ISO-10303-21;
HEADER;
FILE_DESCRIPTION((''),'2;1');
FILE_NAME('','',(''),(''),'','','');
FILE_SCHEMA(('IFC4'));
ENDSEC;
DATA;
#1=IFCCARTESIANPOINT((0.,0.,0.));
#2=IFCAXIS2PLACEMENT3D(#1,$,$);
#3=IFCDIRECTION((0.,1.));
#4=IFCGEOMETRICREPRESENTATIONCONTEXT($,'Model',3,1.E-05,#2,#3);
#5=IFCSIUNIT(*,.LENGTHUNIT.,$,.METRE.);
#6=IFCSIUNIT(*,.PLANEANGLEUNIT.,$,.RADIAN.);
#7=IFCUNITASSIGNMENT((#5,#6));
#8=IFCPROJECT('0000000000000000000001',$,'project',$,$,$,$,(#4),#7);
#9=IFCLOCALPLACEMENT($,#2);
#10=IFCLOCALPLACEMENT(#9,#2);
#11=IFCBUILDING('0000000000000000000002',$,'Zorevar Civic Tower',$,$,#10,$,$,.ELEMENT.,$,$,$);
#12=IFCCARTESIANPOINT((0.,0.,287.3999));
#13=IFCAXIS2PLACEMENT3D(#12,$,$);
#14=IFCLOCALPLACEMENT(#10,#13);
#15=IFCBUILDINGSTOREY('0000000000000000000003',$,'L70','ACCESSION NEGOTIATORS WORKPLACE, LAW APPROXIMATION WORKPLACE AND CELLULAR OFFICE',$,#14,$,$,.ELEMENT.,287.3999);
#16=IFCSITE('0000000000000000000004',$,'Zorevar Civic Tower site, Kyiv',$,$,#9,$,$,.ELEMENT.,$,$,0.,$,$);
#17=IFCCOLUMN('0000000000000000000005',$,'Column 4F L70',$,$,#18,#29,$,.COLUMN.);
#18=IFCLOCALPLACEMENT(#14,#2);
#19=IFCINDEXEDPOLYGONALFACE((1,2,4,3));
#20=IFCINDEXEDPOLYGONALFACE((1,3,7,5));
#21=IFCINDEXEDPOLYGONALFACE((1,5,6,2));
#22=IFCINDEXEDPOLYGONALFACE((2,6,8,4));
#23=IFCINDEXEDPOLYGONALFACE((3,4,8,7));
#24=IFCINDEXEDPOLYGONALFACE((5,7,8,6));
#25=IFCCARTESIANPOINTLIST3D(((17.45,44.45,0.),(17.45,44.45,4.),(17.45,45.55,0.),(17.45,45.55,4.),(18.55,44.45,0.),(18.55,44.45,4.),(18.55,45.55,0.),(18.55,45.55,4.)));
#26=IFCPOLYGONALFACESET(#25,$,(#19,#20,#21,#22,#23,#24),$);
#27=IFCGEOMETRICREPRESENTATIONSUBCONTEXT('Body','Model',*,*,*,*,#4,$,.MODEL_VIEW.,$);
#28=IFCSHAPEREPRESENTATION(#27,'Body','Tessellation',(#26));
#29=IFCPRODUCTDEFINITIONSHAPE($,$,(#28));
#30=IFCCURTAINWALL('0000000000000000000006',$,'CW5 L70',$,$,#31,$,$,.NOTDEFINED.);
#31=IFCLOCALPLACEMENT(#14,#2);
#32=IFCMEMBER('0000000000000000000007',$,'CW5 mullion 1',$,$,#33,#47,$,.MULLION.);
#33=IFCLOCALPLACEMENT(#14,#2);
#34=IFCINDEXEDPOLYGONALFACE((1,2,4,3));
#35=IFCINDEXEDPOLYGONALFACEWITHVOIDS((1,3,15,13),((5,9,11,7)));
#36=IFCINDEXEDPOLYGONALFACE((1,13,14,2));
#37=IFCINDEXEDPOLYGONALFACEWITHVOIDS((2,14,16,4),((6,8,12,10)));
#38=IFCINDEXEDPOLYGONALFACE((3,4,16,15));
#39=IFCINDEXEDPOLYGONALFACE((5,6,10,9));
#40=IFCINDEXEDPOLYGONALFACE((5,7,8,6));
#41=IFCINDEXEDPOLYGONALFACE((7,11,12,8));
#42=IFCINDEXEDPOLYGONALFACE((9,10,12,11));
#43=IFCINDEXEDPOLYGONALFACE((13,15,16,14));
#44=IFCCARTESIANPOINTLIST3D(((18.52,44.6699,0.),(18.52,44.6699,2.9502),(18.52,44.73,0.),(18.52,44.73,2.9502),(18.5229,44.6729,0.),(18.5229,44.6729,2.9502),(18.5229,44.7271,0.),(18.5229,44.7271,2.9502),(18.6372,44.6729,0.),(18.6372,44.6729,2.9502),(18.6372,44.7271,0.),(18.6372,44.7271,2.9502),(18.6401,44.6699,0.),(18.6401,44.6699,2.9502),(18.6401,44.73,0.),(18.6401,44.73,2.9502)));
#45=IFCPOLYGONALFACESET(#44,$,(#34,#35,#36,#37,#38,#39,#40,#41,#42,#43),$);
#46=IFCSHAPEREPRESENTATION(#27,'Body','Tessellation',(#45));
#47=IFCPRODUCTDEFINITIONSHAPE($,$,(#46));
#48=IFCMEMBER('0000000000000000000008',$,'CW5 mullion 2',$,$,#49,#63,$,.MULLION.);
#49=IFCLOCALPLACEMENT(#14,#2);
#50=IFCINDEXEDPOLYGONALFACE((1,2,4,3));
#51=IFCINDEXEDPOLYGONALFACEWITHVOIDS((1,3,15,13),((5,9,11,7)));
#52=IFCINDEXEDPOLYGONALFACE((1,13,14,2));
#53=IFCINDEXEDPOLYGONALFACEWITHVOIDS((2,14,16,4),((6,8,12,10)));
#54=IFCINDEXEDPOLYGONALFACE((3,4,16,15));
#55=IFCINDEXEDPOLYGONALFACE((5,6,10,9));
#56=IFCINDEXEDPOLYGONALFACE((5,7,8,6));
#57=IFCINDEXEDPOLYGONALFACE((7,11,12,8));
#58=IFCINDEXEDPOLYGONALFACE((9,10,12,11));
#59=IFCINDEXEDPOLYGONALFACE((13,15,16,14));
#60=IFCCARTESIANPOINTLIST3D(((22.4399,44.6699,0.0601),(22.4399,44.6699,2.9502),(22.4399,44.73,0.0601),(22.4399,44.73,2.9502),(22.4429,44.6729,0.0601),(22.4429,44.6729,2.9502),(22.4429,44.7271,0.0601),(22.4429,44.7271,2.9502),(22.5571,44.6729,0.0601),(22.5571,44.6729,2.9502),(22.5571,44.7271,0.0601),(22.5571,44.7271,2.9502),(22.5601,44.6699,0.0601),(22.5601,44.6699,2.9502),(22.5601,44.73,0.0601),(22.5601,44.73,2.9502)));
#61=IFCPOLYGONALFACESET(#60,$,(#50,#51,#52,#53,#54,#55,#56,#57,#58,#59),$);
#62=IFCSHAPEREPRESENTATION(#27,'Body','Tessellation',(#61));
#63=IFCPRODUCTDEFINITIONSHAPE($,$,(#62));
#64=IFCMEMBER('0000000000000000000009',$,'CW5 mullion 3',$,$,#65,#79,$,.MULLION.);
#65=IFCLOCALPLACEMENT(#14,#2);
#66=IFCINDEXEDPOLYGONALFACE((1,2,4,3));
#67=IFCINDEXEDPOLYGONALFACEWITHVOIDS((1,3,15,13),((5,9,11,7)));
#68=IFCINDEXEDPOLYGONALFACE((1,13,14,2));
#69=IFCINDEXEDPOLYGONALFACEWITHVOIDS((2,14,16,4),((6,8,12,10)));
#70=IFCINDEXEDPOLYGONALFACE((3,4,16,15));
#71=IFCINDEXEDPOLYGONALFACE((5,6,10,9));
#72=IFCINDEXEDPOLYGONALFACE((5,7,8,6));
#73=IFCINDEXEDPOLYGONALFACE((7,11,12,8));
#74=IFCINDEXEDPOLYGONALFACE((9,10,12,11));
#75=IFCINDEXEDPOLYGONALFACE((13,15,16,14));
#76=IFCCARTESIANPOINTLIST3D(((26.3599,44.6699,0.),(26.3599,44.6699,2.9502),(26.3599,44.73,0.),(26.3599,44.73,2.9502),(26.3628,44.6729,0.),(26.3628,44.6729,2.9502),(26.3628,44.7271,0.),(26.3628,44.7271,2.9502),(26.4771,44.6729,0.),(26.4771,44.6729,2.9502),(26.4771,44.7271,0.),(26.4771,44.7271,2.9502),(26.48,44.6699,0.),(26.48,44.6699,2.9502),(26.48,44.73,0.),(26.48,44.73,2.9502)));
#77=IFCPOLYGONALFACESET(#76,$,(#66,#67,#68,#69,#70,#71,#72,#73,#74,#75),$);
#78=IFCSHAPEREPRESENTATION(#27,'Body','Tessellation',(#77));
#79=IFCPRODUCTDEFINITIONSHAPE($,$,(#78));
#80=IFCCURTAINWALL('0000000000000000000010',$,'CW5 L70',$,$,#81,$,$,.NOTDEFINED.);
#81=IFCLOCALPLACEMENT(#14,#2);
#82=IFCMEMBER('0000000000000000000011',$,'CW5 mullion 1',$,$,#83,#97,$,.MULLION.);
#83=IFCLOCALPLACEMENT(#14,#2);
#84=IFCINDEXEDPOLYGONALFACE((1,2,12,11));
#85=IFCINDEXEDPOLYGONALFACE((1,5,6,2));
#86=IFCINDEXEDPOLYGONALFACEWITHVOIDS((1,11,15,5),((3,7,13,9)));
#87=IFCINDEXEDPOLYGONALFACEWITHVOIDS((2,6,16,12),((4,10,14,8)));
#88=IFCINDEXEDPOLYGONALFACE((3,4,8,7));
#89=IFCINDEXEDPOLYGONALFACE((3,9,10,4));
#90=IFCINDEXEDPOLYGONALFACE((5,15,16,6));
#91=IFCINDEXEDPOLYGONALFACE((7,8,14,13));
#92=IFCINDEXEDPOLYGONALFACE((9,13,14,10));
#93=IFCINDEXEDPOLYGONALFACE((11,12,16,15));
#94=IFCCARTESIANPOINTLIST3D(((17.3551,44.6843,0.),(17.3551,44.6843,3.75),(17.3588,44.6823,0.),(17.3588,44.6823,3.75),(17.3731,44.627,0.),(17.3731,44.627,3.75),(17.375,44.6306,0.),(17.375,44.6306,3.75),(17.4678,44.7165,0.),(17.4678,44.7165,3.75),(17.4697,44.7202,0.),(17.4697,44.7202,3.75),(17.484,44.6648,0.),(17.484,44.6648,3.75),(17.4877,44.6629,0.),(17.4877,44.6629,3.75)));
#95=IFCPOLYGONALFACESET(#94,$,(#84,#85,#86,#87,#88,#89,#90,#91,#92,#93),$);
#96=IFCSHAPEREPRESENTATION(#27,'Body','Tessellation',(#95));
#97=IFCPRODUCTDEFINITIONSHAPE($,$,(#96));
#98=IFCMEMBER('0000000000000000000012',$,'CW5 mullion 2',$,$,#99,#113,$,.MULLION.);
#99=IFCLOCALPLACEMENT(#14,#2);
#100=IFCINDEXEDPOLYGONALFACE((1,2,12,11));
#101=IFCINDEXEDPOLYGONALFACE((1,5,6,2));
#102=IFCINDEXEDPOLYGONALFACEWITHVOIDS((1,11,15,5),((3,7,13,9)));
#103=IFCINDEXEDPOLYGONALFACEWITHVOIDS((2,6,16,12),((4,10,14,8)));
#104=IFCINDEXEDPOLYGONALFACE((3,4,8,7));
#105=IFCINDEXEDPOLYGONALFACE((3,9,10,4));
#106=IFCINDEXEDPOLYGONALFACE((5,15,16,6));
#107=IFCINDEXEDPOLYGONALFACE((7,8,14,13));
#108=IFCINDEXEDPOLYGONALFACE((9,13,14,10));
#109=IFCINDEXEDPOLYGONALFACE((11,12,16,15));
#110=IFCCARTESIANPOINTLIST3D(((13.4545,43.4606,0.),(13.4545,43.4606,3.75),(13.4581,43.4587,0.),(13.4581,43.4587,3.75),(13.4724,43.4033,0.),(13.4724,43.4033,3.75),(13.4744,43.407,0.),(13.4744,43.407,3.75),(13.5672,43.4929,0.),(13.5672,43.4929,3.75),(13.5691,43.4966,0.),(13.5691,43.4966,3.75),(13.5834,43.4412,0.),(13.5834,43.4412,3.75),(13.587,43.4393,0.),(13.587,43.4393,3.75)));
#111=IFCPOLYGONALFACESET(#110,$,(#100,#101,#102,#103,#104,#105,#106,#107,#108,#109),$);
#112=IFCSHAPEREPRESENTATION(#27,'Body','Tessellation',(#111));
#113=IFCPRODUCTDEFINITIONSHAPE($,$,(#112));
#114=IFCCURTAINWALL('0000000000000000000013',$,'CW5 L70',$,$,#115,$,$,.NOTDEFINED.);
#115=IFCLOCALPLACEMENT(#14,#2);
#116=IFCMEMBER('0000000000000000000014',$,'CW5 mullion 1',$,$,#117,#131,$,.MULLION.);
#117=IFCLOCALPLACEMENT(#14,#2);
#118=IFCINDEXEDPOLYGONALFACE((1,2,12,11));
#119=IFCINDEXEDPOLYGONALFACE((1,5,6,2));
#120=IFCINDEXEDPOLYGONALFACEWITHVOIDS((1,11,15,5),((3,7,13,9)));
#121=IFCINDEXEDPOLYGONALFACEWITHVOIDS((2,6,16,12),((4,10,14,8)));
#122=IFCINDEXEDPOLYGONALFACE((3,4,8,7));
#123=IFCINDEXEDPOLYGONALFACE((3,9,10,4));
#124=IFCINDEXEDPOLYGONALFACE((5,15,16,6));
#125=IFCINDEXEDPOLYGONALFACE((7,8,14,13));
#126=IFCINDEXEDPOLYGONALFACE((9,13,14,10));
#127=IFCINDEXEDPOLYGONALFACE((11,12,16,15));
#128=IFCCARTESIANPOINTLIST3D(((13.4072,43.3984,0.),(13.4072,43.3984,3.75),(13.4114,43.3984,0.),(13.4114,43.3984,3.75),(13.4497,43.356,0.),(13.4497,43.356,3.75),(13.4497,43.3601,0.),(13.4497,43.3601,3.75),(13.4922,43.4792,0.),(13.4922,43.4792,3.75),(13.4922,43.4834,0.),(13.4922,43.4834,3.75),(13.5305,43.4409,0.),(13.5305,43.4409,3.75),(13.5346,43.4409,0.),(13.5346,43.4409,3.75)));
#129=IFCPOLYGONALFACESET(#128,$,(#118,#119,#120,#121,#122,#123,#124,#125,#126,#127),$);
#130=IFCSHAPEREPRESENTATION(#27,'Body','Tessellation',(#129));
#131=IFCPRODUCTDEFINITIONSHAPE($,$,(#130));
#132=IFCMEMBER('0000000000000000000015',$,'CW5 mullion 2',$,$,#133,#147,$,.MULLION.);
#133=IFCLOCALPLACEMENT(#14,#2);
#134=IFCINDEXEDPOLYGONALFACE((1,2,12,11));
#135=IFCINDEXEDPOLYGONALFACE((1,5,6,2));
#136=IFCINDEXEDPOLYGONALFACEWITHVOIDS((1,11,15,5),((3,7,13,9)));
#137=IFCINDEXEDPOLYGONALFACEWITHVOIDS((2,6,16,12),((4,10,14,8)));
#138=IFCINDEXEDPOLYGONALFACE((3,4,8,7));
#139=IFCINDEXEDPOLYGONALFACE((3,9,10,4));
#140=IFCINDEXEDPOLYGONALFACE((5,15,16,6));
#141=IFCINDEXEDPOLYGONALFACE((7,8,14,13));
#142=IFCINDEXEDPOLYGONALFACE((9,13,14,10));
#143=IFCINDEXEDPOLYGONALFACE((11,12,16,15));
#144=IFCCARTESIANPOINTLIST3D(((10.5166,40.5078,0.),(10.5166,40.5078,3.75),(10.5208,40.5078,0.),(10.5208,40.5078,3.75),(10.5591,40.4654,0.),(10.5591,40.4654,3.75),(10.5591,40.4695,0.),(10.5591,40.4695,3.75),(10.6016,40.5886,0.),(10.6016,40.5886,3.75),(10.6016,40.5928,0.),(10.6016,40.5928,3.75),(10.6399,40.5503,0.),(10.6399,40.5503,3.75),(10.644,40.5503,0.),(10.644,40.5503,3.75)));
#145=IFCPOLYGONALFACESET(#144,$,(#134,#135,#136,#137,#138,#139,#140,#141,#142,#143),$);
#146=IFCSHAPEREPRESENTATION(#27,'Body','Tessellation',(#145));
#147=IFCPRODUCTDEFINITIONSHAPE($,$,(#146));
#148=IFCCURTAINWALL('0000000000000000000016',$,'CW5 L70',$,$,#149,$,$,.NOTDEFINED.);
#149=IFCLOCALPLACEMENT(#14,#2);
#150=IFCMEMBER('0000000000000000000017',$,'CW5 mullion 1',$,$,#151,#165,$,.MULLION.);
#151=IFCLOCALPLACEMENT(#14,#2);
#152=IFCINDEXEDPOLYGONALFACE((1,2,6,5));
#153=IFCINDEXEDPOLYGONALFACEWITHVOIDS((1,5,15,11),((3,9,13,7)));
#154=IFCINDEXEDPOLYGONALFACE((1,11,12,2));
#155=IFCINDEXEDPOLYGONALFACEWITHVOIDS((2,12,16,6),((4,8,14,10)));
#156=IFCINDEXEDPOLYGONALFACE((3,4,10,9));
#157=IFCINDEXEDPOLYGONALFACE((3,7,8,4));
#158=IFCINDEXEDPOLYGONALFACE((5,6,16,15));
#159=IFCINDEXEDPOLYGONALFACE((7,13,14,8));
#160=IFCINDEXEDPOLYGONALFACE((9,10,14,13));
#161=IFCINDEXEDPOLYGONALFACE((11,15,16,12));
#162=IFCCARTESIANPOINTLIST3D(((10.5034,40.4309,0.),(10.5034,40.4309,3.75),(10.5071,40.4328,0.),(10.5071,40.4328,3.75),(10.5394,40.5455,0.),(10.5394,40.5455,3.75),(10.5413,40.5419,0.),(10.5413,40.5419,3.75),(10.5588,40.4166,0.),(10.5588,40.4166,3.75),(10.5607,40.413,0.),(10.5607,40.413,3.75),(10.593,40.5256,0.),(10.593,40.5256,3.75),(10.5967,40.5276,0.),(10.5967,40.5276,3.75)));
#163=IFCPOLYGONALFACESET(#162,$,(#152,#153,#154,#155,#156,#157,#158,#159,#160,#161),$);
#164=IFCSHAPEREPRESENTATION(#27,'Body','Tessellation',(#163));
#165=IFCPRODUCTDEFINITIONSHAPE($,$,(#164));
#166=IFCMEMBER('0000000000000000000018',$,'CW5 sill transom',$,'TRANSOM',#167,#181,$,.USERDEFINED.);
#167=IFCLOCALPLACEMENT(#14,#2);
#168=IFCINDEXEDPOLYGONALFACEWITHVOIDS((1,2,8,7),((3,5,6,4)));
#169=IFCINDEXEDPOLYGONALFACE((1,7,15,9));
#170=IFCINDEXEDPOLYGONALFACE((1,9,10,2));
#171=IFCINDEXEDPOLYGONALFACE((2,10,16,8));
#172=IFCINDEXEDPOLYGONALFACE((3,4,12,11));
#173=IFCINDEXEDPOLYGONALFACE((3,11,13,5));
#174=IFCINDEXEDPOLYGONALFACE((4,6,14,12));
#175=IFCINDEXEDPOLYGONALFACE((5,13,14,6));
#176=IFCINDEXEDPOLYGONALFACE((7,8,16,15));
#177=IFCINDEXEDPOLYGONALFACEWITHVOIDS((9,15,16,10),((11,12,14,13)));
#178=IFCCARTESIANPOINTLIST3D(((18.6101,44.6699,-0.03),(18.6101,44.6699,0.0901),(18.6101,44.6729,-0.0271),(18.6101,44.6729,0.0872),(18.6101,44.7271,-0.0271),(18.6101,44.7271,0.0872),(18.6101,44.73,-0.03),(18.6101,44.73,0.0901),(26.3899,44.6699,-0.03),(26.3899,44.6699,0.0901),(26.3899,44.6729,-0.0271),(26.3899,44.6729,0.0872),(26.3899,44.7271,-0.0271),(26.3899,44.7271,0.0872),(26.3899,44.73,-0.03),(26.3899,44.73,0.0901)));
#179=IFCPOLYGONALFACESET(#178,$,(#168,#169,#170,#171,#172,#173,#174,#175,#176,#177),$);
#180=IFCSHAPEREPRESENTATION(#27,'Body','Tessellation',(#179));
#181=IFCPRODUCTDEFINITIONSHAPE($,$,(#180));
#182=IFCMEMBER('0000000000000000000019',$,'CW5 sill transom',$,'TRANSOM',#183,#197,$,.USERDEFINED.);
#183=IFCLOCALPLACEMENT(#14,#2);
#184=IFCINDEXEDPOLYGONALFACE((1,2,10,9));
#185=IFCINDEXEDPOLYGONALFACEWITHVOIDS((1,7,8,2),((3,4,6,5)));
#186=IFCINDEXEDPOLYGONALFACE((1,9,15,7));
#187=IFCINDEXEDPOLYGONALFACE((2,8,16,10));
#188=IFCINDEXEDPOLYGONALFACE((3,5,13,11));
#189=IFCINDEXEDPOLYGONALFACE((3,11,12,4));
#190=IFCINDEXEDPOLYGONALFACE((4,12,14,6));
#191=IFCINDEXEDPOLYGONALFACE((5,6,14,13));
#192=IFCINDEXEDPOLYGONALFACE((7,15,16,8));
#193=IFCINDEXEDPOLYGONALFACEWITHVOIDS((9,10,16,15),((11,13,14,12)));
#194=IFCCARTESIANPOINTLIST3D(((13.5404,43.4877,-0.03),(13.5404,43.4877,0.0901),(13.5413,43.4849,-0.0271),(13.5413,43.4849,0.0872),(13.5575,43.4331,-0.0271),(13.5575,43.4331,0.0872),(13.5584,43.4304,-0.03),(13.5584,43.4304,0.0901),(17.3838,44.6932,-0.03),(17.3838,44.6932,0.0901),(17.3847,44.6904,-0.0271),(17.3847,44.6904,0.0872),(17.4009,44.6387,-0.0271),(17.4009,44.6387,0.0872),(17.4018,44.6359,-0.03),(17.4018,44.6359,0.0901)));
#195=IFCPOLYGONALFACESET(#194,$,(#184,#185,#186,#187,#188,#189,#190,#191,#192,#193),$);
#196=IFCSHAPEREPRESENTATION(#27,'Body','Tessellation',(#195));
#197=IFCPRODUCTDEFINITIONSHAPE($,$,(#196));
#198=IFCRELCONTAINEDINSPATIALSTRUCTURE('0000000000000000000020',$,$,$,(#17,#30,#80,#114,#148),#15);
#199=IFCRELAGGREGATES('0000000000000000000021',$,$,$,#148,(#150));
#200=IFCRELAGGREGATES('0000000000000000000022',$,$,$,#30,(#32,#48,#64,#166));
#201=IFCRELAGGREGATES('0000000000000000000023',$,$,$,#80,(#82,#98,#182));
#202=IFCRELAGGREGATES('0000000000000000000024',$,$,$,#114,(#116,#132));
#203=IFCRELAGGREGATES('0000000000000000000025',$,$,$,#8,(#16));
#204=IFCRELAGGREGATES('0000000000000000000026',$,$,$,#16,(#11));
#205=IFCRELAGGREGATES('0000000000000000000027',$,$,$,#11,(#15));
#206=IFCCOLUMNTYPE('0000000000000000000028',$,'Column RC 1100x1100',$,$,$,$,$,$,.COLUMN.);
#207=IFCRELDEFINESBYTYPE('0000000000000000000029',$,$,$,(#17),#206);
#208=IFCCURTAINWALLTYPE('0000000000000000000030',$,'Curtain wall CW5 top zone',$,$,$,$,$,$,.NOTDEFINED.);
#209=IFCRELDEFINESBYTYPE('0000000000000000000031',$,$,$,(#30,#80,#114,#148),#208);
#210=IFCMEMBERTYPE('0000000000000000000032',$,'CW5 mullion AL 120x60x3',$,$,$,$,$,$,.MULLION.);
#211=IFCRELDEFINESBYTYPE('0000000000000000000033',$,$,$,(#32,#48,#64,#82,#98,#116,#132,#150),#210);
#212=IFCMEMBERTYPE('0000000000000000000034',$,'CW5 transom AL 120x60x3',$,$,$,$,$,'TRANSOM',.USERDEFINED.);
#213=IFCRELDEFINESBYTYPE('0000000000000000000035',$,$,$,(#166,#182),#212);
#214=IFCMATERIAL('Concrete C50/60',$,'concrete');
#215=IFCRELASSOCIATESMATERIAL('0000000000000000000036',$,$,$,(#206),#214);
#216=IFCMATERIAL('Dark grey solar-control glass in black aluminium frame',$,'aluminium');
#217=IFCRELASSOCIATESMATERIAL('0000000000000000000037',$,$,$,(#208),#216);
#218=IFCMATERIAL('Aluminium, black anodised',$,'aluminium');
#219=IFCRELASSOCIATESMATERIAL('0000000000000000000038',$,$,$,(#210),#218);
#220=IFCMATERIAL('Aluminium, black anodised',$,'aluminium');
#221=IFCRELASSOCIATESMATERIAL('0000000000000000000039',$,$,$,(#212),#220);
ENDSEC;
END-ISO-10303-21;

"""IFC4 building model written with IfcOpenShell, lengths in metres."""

from ifc_helpers import new_model, si_unit, direction, frame, origin, origin_2d, place, context, subcontext, project, spatial, rectangle, hollow_rectangle, extrude, material, material_profile, profile_set, type_object, element, aggregate, save


model = new_model("IFC4")

# Units and contexts
model_context = context("Model", 3, precision=1e-05, world=origin(), true_north=direction((0.0, 1.0)))
body_context = subcontext(model_context, "Body", "Model", "MODEL_VIEW")
ifc_project = project(units=[si_unit("LENGTHUNIT", "METRE"), si_unit("PLANEANGLEUNIT", "RADIAN")], contexts=[model_context])

# Site, building, storey
site_placement = place(None, origin())
site = spatial("IfcSite", under=ifc_project, at=site_placement, Name="Zorevar Civic Tower site, Kyiv", CompositionType="ELEMENT", RefElevation=0.0)
building_placement = place(site_placement, origin())
building = spatial("IfcBuilding", under=site, at=building_placement, Name="Zorevar Civic Tower", CompositionType="ELEMENT")
storey_placement = place(building_placement, frame((0.0, 0.0, 287.3999)))
storey = spatial("IfcBuildingStorey", under=building, at=storey_placement, Name="L70", Description="ACCESSION NEGOTIATORS WORKPLACE, LAW APPROXIMATION WORKPLACE AND CELLULAR OFFICE", CompositionType="ELEMENT", Elevation=287.3999)

# Column
ifc_material_1 = material(Name="Concrete C50/60", Category="concrete")
ifc_material_profile_1 = material_profile(ifc_material_1, rectangle(XDim=1.1001, YDim=1.1001, at=origin_2d()), Name="RC 1100x1100")
ifc_profile_set_1 = profile_set([ifc_material_profile_1], Name="Concrete C50/60")
column_type = type_object("IfcColumnType", Name="Column RC 1100x1100", PredefinedType="COLUMN", material=ifc_profile_set_1)
column_placement = place(storey_placement, frame((18.0, 45.0, 0.0), z_axis=(0.0, 0.0, 1.0), x_axis=(1.0, 0.0, 0.0)))
element("IfcColumn", 1, at=column_placement, inside=storey, type_object=column_type, Name="Column 4F L70", PredefinedType="COLUMN", context=body_context, shape_type="SweptSolid", body=[
    extrude(rectangle(XDim=1.1001, YDim=1.1001, at=origin_2d()), origin(), (0.0, 0.0, 1.0), 4.0),
])

# Curtain walls, members
ifc_material_2 = material(Name="Dark grey solar-control glass in black aluminium frame", Category="aluminium")
curtain_wall_type = type_object("IfcCurtainWallType", Name="Curtain wall CW5 top zone", PredefinedType="NOTDEFINED", material=ifc_material_2)
curtain_wall_1_placement = place(storey_placement, origin())
curtain_wall_1 = element("IfcCurtainWall", 2, at=curtain_wall_1_placement, inside=storey, type_object=curtain_wall_type, Name="CW5 L70", PredefinedType="NOTDEFINED")
ifc_material_3 = material(Name="Aluminium, black anodised", Category="aluminium")
ifc_material_profile_2 = material_profile(ifc_material_3, hollow_rectangle(XDim=0.0601, YDim=0.1201, WallThickness=0.0029, at=origin_2d()), Name="AL 120x60x3")
ifc_profile_set_2 = profile_set([ifc_material_profile_2], Name="Aluminium, black anodised")
member_type_1 = type_object("IfcMemberType", Name="CW5 mullion AL 120x60x3", PredefinedType="MULLION", material=ifc_profile_set_2)
member_1_placement = place(storey_placement, frame((18.5801, 44.7, 0.0), z_axis=(0.0, 0.0, 1.0), x_axis=(0.0, 1.0, 0.0)))
member_1 = element("IfcMember", 3, at=member_1_placement, type_object=member_type_1, Name="CW5 mullion 1", PredefinedType="MULLION", context=body_context, shape_type="SweptSolid", body=[
    extrude(hollow_rectangle(XDim=0.0601, YDim=0.1201, WallThickness=0.0029, at=origin_2d()), origin(), (0.0, 0.0, 1.0), 2.9502),
])
member_2_placement = place(storey_placement, frame((22.5, 44.7, 0.0601), z_axis=(0.0, 0.0, 1.0), x_axis=(0.0, 1.0, 0.0)))
member_2 = element("IfcMember", 4, at=member_2_placement, type_object=member_type_1, Name="CW5 mullion 2", PredefinedType="MULLION", context=body_context, shape_type="SweptSolid", body=[
    extrude(hollow_rectangle(XDim=0.0601, YDim=0.1201, WallThickness=0.0029, at=origin_2d()), origin(), (0.0, 0.0, 1.0), 2.8901),
])
member_3_placement = place(storey_placement, frame((26.4199, 44.7, 0.0), z_axis=(0.0, 0.0, 1.0), x_axis=(0.0, 1.0, 0.0)))
member_3 = element("IfcMember", 5, at=member_3_placement, type_object=member_type_1, Name="CW5 mullion 3", PredefinedType="MULLION", context=body_context, shape_type="SweptSolid", body=[
    extrude(hollow_rectangle(XDim=0.0601, YDim=0.1201, WallThickness=0.0029, at=origin_2d()), origin(), (0.0, 0.0, 1.0), 2.9502),
])
curtain_wall_2_placement = place(storey_placement, origin())
curtain_wall_2 = element("IfcCurtainWall", 6, at=curtain_wall_2_placement, inside=storey, type_object=curtain_wall_type, Name="CW5 L70", PredefinedType="NOTDEFINED")
member_4_placement = place(storey_placement, frame((17.4214, 44.6736, 0.0), z_axis=(0.0, 0.0, 1.0), x_axis=(0.299318, -0.954153, 0.0)))
member_4 = element("IfcMember", 7, at=member_4_placement, type_object=member_type_1, Name="CW5 mullion 1", PredefinedType="MULLION", context=body_context, shape_type="SweptSolid", body=[
    extrude(hollow_rectangle(XDim=0.0601, YDim=0.1201, WallThickness=0.0029, at=origin_2d()), origin(), (0.0, 0.0, 1.0), 3.75),
])
member_5_placement = place(storey_placement, frame((13.5208, 43.45, 0.0), z_axis=(0.0, 0.0, 1.0), x_axis=(0.299318, -0.954153, 0.0)))
member_5 = element("IfcMember", 8, at=member_5_placement, type_object=member_type_1, Name="CW5 mullion 2", PredefinedType="MULLION", context=body_context, shape_type="SweptSolid", body=[
    extrude(hollow_rectangle(XDim=0.0601, YDim=0.1201, WallThickness=0.0029, at=origin_2d()), origin(), (0.0, 0.0, 1.0), 3.75),
])
curtain_wall_3_placement = place(storey_placement, origin())
curtain_wall_3 = element("IfcCurtainWall", 9, at=curtain_wall_3_placement, inside=storey, type_object=curtain_wall_type, Name="CW5 L70", PredefinedType="NOTDEFINED")
member_6_placement = place(storey_placement, frame((13.4709, 43.4197, 0.0), z_axis=(0.0, 0.0, 1.0), x_axis=(0.707107, -0.707107, 0.0)))
member_6 = element("IfcMember", 10, at=member_6_placement, type_object=member_type_1, Name="CW5 mullion 1", PredefinedType="MULLION", context=body_context, shape_type="SweptSolid", body=[
    extrude(hollow_rectangle(XDim=0.0601, YDim=0.1201, WallThickness=0.0029, at=origin_2d()), origin(), (0.0, 0.0, 1.0), 3.75),
])
member_7_placement = place(storey_placement, frame((10.5803, 40.5291, 0.0), z_axis=(0.0, 0.0, 1.0), x_axis=(0.707107, -0.707107, 0.0)))
member_7 = element("IfcMember", 11, at=member_7_placement, type_object=member_type_1, Name="CW5 mullion 2", PredefinedType="MULLION", context=body_context, shape_type="SweptSolid", body=[
    extrude(hollow_rectangle(XDim=0.0601, YDim=0.1201, WallThickness=0.0029, at=origin_2d()), origin(), (0.0, 0.0, 1.0), 3.75),
])

# Curtain wall, member
curtain_wall_4_placement = place(storey_placement, origin())
curtain_wall_4 = element("IfcCurtainWall", 12, at=curtain_wall_4_placement, inside=storey, type_object=curtain_wall_type, Name="CW5 L70", PredefinedType="NOTDEFINED")
member_8_placement = place(storey_placement, frame((10.55, 40.4792, 0.0), z_axis=(0.0, 0.0, 1.0), x_axis=(0.954153, -0.299318, 0.0)))
member_8 = element("IfcMember", 13, at=member_8_placement, type_object=member_type_1, Name="CW5 mullion 1", PredefinedType="MULLION", context=body_context, shape_type="SweptSolid", body=[
    extrude(hollow_rectangle(XDim=0.0601, YDim=0.1201, WallThickness=0.0029, at=origin_2d()), origin(), (0.0, 0.0, 1.0), 3.75),
])

# Members
ifc_material_4 = material(Name="Aluminium, black anodised", Category="aluminium")
ifc_material_profile_3 = material_profile(ifc_material_4, hollow_rectangle(XDim=0.0601, YDim=0.1201, WallThickness=0.0029, at=origin_2d()), Name="AL 120x60x3")
ifc_profile_set_3 = profile_set([ifc_material_profile_3], Name="Aluminium, black anodised")
member_type_2 = type_object("IfcMemberType", Name="CW5 transom AL 120x60x3", ElementType="TRANSOM", PredefinedType="USERDEFINED", material=ifc_profile_set_3)
member_9_placement = place(storey_placement, frame((18.6101, 44.7, 0.03), z_axis=(1.0, 0.0, 0.0), x_axis=(0.0, 1.0, 0.0)))
member_9 = element("IfcMember", 14, at=member_9_placement, type_object=member_type_2, Name="CW5 sill transom", ObjectType="TRANSOM", PredefinedType="USERDEFINED", context=body_context, shape_type="SweptSolid", body=[
    extrude(hollow_rectangle(XDim=0.0601, YDim=0.1201, WallThickness=0.0029, at=origin_2d()), origin(), (0.0, 0.0, 1.0), 7.7798),
])
member_10_placement = place(storey_placement, frame((17.3928, 44.6646, 0.03), z_axis=(-0.954163, -0.299286, 0.0), x_axis=(0.299286, -0.954163, 0.0)))
member_10 = element("IfcMember", 15, at=member_10_placement, type_object=member_type_2, Name="CW5 sill transom", ObjectType="TRANSOM", PredefinedType="USERDEFINED", context=body_context, shape_type="SweptSolid", body=[
    extrude(hollow_rectangle(XDim=0.0601, YDim=0.1201, WallThickness=0.0029, at=origin_2d()), origin(), (0.0, 0.0, 1.0), 4.0281),
])
aggregate(curtain_wall_4, [member_8])

aggregate(curtain_wall_1, [member_1, member_2, member_3, member_9])
aggregate(curtain_wall_2, [member_4, member_5, member_10])
aggregate(curtain_wall_3, [member_6, member_7])

save(model, "model.ifc")
